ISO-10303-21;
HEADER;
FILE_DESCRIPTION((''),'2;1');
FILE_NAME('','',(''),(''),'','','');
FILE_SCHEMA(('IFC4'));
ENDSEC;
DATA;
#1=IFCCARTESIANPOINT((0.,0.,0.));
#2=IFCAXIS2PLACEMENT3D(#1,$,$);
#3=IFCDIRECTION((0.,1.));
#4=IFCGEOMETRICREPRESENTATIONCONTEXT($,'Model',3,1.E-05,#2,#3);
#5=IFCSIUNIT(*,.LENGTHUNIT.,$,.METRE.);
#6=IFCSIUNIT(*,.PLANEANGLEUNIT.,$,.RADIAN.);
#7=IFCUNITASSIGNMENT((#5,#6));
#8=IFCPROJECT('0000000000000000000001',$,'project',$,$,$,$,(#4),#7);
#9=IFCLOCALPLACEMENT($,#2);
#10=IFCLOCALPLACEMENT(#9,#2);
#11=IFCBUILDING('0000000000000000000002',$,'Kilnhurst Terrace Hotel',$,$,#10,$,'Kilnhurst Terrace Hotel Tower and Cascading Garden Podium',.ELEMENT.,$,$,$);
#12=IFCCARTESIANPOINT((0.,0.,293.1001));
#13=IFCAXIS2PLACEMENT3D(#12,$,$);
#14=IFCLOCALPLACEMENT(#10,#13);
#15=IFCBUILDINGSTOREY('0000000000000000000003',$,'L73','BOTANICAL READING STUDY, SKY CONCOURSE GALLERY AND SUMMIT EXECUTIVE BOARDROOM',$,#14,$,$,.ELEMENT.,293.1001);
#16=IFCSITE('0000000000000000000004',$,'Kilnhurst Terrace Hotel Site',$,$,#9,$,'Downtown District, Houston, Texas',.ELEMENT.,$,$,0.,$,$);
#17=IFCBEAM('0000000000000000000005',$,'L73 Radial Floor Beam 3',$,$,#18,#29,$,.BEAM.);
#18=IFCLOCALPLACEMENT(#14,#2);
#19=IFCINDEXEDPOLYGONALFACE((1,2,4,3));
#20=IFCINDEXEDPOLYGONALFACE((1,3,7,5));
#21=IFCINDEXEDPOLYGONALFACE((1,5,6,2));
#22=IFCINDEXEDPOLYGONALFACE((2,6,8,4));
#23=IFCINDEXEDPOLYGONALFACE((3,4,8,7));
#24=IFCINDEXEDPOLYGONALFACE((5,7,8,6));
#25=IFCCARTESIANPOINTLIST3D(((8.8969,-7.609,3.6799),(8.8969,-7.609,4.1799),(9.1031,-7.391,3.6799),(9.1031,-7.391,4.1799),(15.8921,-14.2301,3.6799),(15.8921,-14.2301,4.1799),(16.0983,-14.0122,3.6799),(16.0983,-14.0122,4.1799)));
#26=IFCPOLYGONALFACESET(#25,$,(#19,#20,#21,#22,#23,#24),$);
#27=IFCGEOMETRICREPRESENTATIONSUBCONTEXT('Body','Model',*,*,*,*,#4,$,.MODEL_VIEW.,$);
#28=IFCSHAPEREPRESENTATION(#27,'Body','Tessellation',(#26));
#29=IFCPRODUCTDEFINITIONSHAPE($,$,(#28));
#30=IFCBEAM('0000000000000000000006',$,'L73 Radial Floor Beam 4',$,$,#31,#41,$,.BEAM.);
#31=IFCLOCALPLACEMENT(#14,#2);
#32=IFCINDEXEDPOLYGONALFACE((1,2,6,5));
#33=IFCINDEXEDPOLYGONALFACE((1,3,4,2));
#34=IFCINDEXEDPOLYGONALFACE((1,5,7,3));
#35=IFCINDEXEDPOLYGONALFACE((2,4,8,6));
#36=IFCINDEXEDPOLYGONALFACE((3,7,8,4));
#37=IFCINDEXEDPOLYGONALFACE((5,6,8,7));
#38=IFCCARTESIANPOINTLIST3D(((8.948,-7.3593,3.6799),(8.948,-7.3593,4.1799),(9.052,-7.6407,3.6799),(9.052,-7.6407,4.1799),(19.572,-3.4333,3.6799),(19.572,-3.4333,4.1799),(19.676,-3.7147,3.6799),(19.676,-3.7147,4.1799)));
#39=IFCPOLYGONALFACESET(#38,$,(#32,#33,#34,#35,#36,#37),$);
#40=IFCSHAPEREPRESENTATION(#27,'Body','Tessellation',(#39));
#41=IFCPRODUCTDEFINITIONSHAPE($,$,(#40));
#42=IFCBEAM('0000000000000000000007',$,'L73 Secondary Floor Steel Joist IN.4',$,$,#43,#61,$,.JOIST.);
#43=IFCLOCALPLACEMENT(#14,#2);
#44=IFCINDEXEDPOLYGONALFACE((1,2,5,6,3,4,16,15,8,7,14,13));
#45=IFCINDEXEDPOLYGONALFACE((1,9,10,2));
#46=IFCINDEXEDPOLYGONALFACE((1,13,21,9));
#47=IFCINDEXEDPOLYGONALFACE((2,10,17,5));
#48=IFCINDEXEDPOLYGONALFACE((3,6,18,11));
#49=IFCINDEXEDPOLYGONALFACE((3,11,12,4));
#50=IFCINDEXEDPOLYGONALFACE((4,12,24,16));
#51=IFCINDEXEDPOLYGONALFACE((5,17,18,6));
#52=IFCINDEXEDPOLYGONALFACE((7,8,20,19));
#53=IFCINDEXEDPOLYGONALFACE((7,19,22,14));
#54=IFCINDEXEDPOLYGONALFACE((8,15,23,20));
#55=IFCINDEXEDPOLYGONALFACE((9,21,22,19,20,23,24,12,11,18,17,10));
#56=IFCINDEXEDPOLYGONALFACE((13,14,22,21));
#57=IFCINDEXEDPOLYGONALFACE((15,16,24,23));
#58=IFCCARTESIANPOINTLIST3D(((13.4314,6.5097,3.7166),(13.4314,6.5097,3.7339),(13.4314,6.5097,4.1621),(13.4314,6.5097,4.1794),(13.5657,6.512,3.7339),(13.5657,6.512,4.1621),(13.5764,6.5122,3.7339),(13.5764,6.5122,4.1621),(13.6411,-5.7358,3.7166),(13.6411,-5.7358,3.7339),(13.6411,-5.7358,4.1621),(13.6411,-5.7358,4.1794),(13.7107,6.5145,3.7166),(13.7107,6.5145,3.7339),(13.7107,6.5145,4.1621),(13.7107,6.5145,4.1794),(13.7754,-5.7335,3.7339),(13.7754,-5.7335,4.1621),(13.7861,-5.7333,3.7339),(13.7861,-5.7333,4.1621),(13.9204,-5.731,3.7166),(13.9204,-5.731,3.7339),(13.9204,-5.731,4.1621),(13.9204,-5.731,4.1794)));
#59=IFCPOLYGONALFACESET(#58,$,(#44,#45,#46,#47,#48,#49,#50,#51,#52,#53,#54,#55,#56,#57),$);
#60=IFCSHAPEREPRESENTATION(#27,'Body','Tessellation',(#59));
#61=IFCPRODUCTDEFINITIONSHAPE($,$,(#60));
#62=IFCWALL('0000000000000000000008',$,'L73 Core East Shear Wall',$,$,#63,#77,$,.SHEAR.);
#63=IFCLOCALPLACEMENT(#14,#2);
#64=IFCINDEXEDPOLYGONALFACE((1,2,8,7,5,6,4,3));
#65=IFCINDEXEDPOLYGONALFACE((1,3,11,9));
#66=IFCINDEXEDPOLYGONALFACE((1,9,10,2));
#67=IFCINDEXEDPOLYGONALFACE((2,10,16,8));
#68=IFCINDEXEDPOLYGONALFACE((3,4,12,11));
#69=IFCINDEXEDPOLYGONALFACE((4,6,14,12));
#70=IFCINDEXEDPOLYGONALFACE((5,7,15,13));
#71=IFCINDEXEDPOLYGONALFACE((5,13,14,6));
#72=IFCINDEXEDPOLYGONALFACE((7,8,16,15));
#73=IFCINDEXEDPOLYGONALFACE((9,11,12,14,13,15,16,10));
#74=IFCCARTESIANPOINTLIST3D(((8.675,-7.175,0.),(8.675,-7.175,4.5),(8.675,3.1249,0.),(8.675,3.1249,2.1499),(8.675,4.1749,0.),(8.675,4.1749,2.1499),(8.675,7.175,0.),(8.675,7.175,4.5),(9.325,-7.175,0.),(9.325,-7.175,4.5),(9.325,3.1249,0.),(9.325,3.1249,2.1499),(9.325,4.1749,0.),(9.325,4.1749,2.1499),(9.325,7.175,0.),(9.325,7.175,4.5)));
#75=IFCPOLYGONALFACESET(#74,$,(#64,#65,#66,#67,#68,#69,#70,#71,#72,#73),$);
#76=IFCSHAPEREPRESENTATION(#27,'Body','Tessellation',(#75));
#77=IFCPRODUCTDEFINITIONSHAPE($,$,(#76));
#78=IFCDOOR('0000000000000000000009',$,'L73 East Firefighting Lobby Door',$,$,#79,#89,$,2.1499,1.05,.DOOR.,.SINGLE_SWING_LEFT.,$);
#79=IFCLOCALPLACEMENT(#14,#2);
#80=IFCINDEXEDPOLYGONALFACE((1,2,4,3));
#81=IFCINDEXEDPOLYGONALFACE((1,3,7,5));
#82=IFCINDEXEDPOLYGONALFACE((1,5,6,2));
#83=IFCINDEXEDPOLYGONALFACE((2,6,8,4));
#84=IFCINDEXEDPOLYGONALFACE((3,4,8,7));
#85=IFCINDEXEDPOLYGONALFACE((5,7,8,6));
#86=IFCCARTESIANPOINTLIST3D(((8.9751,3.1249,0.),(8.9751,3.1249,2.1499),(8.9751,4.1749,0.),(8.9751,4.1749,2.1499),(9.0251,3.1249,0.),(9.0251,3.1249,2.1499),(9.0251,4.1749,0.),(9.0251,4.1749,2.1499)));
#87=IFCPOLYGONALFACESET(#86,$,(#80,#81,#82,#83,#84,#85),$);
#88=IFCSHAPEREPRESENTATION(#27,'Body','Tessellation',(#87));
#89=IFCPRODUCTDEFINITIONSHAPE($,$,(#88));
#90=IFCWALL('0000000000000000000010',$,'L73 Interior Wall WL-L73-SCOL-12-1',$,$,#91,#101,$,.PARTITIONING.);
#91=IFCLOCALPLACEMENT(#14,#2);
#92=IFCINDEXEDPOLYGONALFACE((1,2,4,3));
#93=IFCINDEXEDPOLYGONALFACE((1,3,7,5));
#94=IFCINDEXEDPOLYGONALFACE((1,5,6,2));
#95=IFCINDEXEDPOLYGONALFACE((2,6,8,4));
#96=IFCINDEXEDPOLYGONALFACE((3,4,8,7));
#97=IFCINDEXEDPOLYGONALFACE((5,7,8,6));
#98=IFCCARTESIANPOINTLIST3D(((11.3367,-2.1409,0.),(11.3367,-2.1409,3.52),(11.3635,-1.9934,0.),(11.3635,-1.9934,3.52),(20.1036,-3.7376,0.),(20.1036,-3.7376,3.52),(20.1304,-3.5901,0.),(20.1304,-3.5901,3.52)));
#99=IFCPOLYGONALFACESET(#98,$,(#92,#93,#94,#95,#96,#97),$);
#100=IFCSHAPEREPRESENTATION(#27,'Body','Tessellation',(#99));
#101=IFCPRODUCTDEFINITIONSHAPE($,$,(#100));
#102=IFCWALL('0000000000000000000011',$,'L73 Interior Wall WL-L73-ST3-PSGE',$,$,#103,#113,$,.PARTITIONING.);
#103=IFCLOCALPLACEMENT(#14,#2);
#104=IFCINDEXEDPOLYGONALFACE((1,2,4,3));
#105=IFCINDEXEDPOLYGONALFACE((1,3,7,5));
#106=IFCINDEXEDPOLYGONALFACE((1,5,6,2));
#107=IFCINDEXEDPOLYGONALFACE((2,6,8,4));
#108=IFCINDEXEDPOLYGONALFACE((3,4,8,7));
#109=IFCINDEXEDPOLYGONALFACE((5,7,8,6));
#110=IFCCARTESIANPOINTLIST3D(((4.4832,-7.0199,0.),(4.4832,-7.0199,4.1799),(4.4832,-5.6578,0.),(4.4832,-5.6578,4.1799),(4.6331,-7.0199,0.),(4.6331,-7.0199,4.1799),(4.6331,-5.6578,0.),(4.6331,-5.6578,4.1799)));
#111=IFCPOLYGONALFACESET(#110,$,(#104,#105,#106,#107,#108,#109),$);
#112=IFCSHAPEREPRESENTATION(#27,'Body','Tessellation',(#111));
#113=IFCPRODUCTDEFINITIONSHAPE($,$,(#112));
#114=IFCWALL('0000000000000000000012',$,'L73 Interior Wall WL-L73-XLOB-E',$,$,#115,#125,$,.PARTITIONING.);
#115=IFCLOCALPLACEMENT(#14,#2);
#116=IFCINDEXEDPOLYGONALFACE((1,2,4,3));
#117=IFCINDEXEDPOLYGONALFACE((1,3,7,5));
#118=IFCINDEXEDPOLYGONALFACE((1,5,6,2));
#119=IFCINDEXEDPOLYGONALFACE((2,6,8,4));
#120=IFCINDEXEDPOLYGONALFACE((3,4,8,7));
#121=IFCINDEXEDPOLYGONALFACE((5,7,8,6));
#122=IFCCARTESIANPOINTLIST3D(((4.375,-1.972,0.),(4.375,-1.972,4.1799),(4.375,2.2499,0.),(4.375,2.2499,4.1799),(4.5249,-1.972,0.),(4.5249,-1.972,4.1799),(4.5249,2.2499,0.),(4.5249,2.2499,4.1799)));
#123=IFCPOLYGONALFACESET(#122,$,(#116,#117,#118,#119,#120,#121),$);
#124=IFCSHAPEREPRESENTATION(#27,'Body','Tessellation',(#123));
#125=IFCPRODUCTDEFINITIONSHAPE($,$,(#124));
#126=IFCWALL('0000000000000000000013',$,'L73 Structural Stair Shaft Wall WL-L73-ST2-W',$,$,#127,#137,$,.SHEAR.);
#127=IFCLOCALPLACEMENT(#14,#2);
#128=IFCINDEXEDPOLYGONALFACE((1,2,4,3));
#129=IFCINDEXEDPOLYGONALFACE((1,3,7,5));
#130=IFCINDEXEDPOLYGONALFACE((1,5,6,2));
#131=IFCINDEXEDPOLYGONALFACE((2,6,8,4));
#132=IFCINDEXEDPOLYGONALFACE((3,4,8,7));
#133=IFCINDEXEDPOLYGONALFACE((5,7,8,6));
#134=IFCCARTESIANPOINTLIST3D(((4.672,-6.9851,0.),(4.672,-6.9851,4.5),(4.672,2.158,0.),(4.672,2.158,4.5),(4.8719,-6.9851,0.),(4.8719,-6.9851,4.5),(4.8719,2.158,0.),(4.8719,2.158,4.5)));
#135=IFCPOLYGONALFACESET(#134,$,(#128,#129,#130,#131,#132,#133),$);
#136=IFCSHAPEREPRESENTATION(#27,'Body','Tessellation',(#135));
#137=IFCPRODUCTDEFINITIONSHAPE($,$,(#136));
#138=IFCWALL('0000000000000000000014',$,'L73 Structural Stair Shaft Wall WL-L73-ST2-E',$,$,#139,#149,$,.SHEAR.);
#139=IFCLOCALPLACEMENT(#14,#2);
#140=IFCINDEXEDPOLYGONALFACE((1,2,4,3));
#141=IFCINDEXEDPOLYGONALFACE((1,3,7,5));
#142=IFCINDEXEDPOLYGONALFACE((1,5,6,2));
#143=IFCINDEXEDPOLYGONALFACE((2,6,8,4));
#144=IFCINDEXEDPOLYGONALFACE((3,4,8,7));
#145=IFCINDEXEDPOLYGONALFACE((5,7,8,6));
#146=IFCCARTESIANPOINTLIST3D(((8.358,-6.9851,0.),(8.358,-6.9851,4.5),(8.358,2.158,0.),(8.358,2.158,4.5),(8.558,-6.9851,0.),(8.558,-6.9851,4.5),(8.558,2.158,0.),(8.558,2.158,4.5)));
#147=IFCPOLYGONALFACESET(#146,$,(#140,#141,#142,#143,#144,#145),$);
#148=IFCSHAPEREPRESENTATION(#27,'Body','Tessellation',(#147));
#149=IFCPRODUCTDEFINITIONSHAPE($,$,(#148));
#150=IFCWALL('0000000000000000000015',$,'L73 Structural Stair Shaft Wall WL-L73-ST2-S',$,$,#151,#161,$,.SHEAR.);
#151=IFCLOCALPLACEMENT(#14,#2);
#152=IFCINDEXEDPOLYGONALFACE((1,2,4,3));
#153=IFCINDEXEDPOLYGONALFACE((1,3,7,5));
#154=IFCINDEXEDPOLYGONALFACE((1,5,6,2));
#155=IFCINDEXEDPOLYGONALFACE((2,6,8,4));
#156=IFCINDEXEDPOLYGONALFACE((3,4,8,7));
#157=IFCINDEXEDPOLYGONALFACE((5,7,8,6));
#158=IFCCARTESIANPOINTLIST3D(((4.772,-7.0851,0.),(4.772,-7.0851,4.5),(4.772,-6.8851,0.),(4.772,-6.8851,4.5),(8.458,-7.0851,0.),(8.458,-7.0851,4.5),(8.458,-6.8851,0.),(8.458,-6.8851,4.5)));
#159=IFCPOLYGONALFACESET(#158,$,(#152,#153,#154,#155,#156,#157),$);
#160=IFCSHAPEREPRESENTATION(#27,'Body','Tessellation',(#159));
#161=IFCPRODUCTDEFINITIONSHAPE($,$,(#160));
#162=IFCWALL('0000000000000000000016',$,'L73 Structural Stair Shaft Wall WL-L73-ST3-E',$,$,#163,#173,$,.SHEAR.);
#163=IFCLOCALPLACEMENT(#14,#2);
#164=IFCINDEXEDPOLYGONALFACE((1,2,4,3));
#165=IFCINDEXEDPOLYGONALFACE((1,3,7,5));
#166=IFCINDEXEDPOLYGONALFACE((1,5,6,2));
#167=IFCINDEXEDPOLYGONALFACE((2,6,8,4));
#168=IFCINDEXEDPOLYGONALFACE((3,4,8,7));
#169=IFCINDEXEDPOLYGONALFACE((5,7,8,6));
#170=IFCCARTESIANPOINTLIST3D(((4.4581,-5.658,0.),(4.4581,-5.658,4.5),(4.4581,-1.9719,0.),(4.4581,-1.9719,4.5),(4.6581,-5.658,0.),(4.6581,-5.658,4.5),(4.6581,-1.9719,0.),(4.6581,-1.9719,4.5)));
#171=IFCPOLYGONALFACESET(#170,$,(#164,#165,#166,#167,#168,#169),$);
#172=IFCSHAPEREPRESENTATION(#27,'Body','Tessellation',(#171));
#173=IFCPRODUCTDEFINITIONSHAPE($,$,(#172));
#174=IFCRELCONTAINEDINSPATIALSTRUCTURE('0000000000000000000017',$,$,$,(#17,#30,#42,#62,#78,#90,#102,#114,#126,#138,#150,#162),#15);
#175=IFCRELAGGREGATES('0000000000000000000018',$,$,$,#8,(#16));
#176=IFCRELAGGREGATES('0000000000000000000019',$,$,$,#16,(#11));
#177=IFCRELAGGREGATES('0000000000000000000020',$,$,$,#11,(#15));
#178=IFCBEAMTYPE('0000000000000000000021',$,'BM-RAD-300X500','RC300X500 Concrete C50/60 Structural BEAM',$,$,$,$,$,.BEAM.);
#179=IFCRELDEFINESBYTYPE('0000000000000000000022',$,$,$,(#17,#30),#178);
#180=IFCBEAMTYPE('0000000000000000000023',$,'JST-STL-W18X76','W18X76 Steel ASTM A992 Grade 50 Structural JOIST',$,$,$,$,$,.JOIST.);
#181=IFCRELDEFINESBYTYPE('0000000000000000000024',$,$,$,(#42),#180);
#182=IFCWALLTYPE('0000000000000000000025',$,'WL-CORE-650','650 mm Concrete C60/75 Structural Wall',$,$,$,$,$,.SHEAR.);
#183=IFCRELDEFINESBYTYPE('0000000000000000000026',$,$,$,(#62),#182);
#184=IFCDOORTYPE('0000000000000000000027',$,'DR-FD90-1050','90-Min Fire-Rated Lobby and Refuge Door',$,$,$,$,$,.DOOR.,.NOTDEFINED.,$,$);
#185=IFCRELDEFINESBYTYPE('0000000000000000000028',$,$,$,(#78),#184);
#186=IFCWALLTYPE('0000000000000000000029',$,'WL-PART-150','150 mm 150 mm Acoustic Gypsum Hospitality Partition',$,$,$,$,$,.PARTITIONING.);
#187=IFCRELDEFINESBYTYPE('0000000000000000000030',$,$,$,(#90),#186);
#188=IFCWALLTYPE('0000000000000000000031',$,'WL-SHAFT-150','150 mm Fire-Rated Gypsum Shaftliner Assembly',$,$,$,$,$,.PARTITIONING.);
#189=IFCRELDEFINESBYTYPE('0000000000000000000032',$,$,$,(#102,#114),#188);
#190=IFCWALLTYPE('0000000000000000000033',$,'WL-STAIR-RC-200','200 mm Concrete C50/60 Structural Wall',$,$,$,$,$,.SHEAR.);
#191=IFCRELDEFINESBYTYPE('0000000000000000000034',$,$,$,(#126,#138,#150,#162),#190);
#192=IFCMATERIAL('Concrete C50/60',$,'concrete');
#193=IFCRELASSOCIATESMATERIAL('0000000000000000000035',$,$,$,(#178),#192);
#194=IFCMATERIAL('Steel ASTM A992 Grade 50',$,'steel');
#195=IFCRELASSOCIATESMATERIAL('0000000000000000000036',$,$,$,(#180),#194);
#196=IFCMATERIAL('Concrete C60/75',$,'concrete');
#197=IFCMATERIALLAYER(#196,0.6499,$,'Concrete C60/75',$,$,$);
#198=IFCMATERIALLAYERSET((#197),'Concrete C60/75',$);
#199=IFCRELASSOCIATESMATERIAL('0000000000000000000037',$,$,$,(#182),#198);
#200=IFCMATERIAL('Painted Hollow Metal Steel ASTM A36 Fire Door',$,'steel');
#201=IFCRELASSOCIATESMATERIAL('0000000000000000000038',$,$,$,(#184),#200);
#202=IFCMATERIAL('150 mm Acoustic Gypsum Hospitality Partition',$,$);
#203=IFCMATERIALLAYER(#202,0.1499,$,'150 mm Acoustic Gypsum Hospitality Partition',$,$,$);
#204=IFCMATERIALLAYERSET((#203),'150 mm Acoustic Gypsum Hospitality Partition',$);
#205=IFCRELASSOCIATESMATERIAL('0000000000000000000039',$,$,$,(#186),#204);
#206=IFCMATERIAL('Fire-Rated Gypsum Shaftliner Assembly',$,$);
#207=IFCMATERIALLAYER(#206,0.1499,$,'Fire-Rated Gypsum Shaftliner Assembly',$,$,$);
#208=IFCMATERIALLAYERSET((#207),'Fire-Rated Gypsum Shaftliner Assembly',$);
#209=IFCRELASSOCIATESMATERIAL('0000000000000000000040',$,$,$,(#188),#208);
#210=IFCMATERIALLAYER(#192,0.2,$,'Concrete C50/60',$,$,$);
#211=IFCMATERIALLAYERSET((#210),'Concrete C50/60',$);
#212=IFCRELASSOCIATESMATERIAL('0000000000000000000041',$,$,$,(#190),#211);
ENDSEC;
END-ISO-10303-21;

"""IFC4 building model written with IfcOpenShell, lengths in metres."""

from ifc_helpers import new_model, si_unit, direction, frame, frame_2d, origin, origin_2d, place, context, subcontext, project, spatial, rectangle, i_section, extrude, material, layer, layer_set, material_profile, profile_set, type_object, element, fill, save


model = new_model("IFC4")

# Units and contexts
model_context = context("Model", 3, precision=1e-05, world=origin(), true_north=direction((0.0, 1.0)))
body_context = subcontext(model_context, "Body", "Model", "MODEL_VIEW")
ifc_project = project(units=[si_unit("LENGTHUNIT", "METRE"), si_unit("PLANEANGLEUNIT", "RADIAN")], contexts=[model_context])

# Site, building, storey
site_placement = place(None, origin())
site = spatial("IfcSite", under=ifc_project, at=site_placement, Name="Kilnhurst Terrace Hotel Site", LongName="Downtown District, Houston, Texas", CompositionType="ELEMENT", RefElevation=0.0)
building_placement = place(site_placement, origin())
building = spatial("IfcBuilding", under=site, at=building_placement, Name="Kilnhurst Terrace Hotel", LongName="Kilnhurst Terrace Hotel Tower and Cascading Garden Podium", CompositionType="ELEMENT")
storey_placement = place(building_placement, frame((0.0, 0.0, 293.1001)))
storey = spatial("IfcBuildingStorey", under=building, at=storey_placement, Name="L73", Description="BOTANICAL READING STUDY, SKY CONCOURSE GALLERY AND SUMMIT EXECUTIVE BOARDROOM", CompositionType="ELEMENT", Elevation=293.1001)

# Beams
ifc_material_1 = material(Name="Concrete C50/60", Category="concrete")
ifc_material_profile_1 = material_profile(ifc_material_1, rectangle(XDim=0.3, YDim=0.5, at=origin_2d()), Name="RC300X500")
ifc_profile_set_1 = profile_set([ifc_material_profile_1], Name="Concrete C50/60")
beam_type_1 = type_object("IfcBeamType", Name="BM-RAD-300X500", Description="RC300X500 Concrete C50/60 Structural BEAM", PredefinedType="BEAM", material=ifc_profile_set_1)
beam_1_placement = place(storey_placement, frame((9.0, -7.5, 3.9299), z_axis=(0.726256, -0.687424, 0.0), x_axis=(0.687424, 0.726256, 0.0)))
element("IfcBeam", 1, at=beam_1_placement, inside=storey, type_object=beam_type_1, Name="L73 Radial Floor Beam 3", PredefinedType="BEAM", context=body_context, shape_type="SweptSolid", body=[
    extrude(rectangle(XDim=0.3, YDim=0.5, at=origin_2d()), origin(), (0.0, 0.0, 1.0), 9.6318),
])
beam_2_placement = place(storey_placement, frame((9.0, -7.5, 3.9299), z_axis=(0.938002, 0.346631, 0.0), x_axis=(-0.346631, 0.938002, 0.0)))
element("IfcBeam", 2, at=beam_2_placement, inside=storey, type_object=beam_type_1, Name="L73 Radial Floor Beam 4", PredefinedType="BEAM", context=body_context, shape_type="SweptSolid", body=[
    extrude(rectangle(XDim=0.3, YDim=0.5, at=origin_2d()), origin(), (0.0, 0.0, 1.0), 11.3262),
])
ifc_material_2 = material(Name="Steel ASTM A992 Grade 50", Category="steel")
ifc_material_profile_2 = material_profile(ifc_material_2, i_section(OverallWidth=0.2793, OverallDepth=0.4629, WebThickness=0.0107, FlangeThickness=0.0173, at=origin_2d()), Name="W18X76")
ifc_profile_set_2 = profile_set([ifc_material_profile_2], Name="Steel ASTM A992 Grade 50")
beam_type_2 = type_object("IfcBeamType", Name="JST-STL-W18X76", Description="W18X76 Steel ASTM A992 Grade 50 Structural JOIST", PredefinedType="JOIST", material=ifc_profile_set_2)
beam_3_placement = place(storey_placement, frame((13.7808, -5.7334, 3.948), z_axis=(-0.017123, 0.999853, 0.0), x_axis=(-0.999853, -0.017123, 0.0)))
element("IfcBeam", 3, at=beam_3_placement, inside=storey, type_object=beam_type_2, Name="L73 Secondary Floor Steel Joist IN.4", PredefinedType="JOIST", context=body_context, shape_type="SweptSolid", body=[
    extrude(i_section(OverallWidth=0.2793, OverallDepth=0.4629, WebThickness=0.0107, FlangeThickness=0.0173, at=origin_2d()), origin(), (0.0, 0.0, 1.0), 12.2473),
])

# Wall, opening, door
ifc_material_3 = material(Name="Concrete C60/75", Category="concrete")
ifc_layer_1 = layer(ifc_material_3, 0.6499, Name="Concrete C60/75")
ifc_layer_set_1 = layer_set([ifc_layer_1], Name="Concrete C60/75")
wall_type_1 = type_object("IfcWallType", Name="WL-CORE-650", Description="650 mm Concrete C60/75 Structural Wall", PredefinedType="SHEAR", material=ifc_layer_set_1)
wall_1_placement = place(storey_placement, frame((9.0, -7.175, 0.0), z_axis=(0.0, 0.0, 1.0), x_axis=(0.0, 1.0, 0.0)))
wall_1 = element("IfcWall", 4, at=wall_1_placement, inside=storey, type_object=wall_type_1, Name="L73 Core East Shear Wall", PredefinedType="SHEAR", context=body_context, shape_type="SweptSolid", body=[
    extrude(rectangle(XDim=14.3501, YDim=0.6499, at=frame_2d((7.175, 0.0))), origin(), (0.0, 0.0, 1.0), 4.5),
])
opening_placement = place(wall_1_placement, frame((10.3, 0.0, 0.0)))
opening = element("IfcOpeningElement", 5, at=opening_placement, cuts=wall_1, PredefinedType="OPENING", context=body_context, shape_type="SweptSolid", body=[
    extrude(rectangle(XDim=1.05, YDim=2.1499, at=frame_2d((0.5249, 1.075))), frame((0.0, 0.335, 0.0), z_axis=(0.0, -1.0, 0.0), x_axis=(1.0, 0.0, 0.0)), (0.0, 0.0, 1.0), 0.6699),
])
ifc_material_4 = material(Name="Painted Hollow Metal Steel ASTM A36 Fire Door", Category="steel")
door_type = type_object("IfcDoorType", Name="DR-FD90-1050", Description="90-Min Fire-Rated Lobby and Refuge Door", OperationType="NOTDEFINED", PredefinedType="DOOR", material=ifc_material_4)
door_placement = place(opening_placement, origin())
door = element("IfcDoor", 6, at=door_placement, inside=storey, type_object=door_type, Name="L73 East Firefighting Lobby Door", OperationType="SINGLE_SWING_LEFT", OverallHeight=2.1499, OverallWidth=1.05, PredefinedType="DOOR", context=body_context, shape_type="SweptSolid", body=[
    extrude(rectangle(XDim=1.05, YDim=2.1499, at=frame_2d((0.5249, 1.075))), frame((0.0, 0.0249, 0.0), z_axis=(0.0, -1.0, 0.0), x_axis=(1.0, 0.0, 0.0)), (0.0, 0.0, 1.0), 0.05),
])
fill(opening, door)

# Walls
ifc_material_5 = material(Name="150 mm Acoustic Gypsum Hospitality Partition")
ifc_layer_2 = layer(ifc_material_5, 0.1499, Name="150 mm Acoustic Gypsum Hospitality Partition")
ifc_layer_set_2 = layer_set([ifc_layer_2], Name="150 mm Acoustic Gypsum Hospitality Partition")
wall_type_2 = type_object("IfcWallType", Name="WL-PART-150", Description="150 mm 150 mm Acoustic Gypsum Hospitality Partition", PredefinedType="PARTITIONING", material=ifc_layer_set_2)
wall_2_placement = place(storey_placement, frame((11.3501, -2.0671, 0.0), z_axis=(0.0, 0.0, 1.0), x_axis=(0.983816, -0.17918, 0.0)))
element("IfcWall", 7, at=wall_2_placement, inside=storey, type_object=wall_type_2, Name="L73 Interior Wall WL-L73-SCOL-12-1", PredefinedType="PARTITIONING", context=body_context, shape_type="SweptSolid", body=[
    extrude(rectangle(XDim=8.9111, YDim=0.1499, at=frame_2d((4.4556, 0.0))), origin(), (0.0, 0.0, 1.0), 3.52),
])
ifc_material_6 = material(Name="Fire-Rated Gypsum Shaftliner Assembly")
ifc_layer_3 = layer(ifc_material_6, 0.1499, Name="Fire-Rated Gypsum Shaftliner Assembly")
ifc_layer_set_3 = layer_set([ifc_layer_3], Name="Fire-Rated Gypsum Shaftliner Assembly")
wall_type_3 = type_object("IfcWallType", Name="WL-SHAFT-150", Description="150 mm Fire-Rated Gypsum Shaftliner Assembly", PredefinedType="PARTITIONING", material=ifc_layer_set_3)
wall_3_placement = place(storey_placement, frame((4.5581, -7.02, 0.0), z_axis=(0.0, 0.0, 1.0), x_axis=(0.0, 1.0, 0.0)))
element("IfcWall", 8, at=wall_3_placement, inside=storey, type_object=wall_type_3, Name="L73 Interior Wall WL-L73-ST3-PSGE", PredefinedType="PARTITIONING", context=body_context, shape_type="SweptSolid", body=[
    extrude(rectangle(XDim=1.3621, YDim=0.1499, at=frame_2d((0.6812, 0.0))), origin(), (0.0, 0.0, 1.0), 4.1799),
])
wall_4_placement = place(storey_placement, frame((4.45, -1.9719, 0.0), z_axis=(0.0, 0.0, 1.0), x_axis=(0.0, 1.0, 0.0)))
element("IfcWall", 9, at=wall_4_placement, inside=storey, type_object=wall_type_3, Name="L73 Interior Wall WL-L73-XLOB-E", PredefinedType="PARTITIONING", context=body_context, shape_type="SweptSolid", body=[
    extrude(rectangle(XDim=4.2219, YDim=0.1499, at=frame_2d((2.1108, 0.0))), origin(), (0.0, 0.0, 1.0), 4.1799),
])
ifc_layer_4 = layer(ifc_material_1, 0.2, Name="Concrete C50/60")
ifc_layer_set_4 = layer_set([ifc_layer_4], Name="Concrete C50/60")
wall_type_4 = type_object("IfcWallType", Name="WL-STAIR-RC-200", Description="200 mm Concrete C50/60 Structural Wall", PredefinedType="SHEAR", material=ifc_layer_set_4)
for number, where, z_axis, x_axis, name in (
    (10, (4.772, -6.9851, 0.0), (0.0, 0.0, 1.0), (0.0, 1.0, 0.0), "L73 Structural Stair Shaft Wall WL-L73-ST2-W"),
    (11, (8.458, -6.9851, 0.0), (0.0, 0.0, 1.0), (0.0, 1.0, 0.0), "L73 Structural Stair Shaft Wall WL-L73-ST2-E"),
):
    element("IfcWall", number, at=place(storey_placement, frame(where, z_axis=z_axis, x_axis=x_axis)), inside=storey, type_object=wall_type_4, Name=name, PredefinedType="SHEAR", context=body_context, shape_type="SweptSolid", body=[
        extrude(rectangle(XDim=9.1431, YDim=0.2, at=frame_2d((4.5715, 0.0))), origin(), (0.0, 0.0, 1.0), 4.5),
    ])
for number, where, z_axis, x_axis, name in (
    (12, (4.772, -6.9851, 0.0), (0.0, 0.0, 1.0), (1.0, 0.0, 0.0), "L73 Structural Stair Shaft Wall WL-L73-ST2-S"),
    (13, (4.5581, -5.658, 0.0), (0.0, 0.0, 1.0), (0.0, 1.0, 0.0), "L73 Structural Stair Shaft Wall WL-L73-ST3-E"),
):
    element("IfcWall", number, at=place(storey_placement, frame(where, z_axis=z_axis, x_axis=x_axis)), inside=storey, type_object=wall_type_4, Name=name, PredefinedType="SHEAR", context=body_context, shape_type="SweptSolid", body=[
        extrude(rectangle(XDim=3.686, YDim=0.2, at=frame_2d((1.843, 0.0))), origin(), (0.0, 0.0, 1.0), 4.5),
    ])

save(model, "model.ifc")
